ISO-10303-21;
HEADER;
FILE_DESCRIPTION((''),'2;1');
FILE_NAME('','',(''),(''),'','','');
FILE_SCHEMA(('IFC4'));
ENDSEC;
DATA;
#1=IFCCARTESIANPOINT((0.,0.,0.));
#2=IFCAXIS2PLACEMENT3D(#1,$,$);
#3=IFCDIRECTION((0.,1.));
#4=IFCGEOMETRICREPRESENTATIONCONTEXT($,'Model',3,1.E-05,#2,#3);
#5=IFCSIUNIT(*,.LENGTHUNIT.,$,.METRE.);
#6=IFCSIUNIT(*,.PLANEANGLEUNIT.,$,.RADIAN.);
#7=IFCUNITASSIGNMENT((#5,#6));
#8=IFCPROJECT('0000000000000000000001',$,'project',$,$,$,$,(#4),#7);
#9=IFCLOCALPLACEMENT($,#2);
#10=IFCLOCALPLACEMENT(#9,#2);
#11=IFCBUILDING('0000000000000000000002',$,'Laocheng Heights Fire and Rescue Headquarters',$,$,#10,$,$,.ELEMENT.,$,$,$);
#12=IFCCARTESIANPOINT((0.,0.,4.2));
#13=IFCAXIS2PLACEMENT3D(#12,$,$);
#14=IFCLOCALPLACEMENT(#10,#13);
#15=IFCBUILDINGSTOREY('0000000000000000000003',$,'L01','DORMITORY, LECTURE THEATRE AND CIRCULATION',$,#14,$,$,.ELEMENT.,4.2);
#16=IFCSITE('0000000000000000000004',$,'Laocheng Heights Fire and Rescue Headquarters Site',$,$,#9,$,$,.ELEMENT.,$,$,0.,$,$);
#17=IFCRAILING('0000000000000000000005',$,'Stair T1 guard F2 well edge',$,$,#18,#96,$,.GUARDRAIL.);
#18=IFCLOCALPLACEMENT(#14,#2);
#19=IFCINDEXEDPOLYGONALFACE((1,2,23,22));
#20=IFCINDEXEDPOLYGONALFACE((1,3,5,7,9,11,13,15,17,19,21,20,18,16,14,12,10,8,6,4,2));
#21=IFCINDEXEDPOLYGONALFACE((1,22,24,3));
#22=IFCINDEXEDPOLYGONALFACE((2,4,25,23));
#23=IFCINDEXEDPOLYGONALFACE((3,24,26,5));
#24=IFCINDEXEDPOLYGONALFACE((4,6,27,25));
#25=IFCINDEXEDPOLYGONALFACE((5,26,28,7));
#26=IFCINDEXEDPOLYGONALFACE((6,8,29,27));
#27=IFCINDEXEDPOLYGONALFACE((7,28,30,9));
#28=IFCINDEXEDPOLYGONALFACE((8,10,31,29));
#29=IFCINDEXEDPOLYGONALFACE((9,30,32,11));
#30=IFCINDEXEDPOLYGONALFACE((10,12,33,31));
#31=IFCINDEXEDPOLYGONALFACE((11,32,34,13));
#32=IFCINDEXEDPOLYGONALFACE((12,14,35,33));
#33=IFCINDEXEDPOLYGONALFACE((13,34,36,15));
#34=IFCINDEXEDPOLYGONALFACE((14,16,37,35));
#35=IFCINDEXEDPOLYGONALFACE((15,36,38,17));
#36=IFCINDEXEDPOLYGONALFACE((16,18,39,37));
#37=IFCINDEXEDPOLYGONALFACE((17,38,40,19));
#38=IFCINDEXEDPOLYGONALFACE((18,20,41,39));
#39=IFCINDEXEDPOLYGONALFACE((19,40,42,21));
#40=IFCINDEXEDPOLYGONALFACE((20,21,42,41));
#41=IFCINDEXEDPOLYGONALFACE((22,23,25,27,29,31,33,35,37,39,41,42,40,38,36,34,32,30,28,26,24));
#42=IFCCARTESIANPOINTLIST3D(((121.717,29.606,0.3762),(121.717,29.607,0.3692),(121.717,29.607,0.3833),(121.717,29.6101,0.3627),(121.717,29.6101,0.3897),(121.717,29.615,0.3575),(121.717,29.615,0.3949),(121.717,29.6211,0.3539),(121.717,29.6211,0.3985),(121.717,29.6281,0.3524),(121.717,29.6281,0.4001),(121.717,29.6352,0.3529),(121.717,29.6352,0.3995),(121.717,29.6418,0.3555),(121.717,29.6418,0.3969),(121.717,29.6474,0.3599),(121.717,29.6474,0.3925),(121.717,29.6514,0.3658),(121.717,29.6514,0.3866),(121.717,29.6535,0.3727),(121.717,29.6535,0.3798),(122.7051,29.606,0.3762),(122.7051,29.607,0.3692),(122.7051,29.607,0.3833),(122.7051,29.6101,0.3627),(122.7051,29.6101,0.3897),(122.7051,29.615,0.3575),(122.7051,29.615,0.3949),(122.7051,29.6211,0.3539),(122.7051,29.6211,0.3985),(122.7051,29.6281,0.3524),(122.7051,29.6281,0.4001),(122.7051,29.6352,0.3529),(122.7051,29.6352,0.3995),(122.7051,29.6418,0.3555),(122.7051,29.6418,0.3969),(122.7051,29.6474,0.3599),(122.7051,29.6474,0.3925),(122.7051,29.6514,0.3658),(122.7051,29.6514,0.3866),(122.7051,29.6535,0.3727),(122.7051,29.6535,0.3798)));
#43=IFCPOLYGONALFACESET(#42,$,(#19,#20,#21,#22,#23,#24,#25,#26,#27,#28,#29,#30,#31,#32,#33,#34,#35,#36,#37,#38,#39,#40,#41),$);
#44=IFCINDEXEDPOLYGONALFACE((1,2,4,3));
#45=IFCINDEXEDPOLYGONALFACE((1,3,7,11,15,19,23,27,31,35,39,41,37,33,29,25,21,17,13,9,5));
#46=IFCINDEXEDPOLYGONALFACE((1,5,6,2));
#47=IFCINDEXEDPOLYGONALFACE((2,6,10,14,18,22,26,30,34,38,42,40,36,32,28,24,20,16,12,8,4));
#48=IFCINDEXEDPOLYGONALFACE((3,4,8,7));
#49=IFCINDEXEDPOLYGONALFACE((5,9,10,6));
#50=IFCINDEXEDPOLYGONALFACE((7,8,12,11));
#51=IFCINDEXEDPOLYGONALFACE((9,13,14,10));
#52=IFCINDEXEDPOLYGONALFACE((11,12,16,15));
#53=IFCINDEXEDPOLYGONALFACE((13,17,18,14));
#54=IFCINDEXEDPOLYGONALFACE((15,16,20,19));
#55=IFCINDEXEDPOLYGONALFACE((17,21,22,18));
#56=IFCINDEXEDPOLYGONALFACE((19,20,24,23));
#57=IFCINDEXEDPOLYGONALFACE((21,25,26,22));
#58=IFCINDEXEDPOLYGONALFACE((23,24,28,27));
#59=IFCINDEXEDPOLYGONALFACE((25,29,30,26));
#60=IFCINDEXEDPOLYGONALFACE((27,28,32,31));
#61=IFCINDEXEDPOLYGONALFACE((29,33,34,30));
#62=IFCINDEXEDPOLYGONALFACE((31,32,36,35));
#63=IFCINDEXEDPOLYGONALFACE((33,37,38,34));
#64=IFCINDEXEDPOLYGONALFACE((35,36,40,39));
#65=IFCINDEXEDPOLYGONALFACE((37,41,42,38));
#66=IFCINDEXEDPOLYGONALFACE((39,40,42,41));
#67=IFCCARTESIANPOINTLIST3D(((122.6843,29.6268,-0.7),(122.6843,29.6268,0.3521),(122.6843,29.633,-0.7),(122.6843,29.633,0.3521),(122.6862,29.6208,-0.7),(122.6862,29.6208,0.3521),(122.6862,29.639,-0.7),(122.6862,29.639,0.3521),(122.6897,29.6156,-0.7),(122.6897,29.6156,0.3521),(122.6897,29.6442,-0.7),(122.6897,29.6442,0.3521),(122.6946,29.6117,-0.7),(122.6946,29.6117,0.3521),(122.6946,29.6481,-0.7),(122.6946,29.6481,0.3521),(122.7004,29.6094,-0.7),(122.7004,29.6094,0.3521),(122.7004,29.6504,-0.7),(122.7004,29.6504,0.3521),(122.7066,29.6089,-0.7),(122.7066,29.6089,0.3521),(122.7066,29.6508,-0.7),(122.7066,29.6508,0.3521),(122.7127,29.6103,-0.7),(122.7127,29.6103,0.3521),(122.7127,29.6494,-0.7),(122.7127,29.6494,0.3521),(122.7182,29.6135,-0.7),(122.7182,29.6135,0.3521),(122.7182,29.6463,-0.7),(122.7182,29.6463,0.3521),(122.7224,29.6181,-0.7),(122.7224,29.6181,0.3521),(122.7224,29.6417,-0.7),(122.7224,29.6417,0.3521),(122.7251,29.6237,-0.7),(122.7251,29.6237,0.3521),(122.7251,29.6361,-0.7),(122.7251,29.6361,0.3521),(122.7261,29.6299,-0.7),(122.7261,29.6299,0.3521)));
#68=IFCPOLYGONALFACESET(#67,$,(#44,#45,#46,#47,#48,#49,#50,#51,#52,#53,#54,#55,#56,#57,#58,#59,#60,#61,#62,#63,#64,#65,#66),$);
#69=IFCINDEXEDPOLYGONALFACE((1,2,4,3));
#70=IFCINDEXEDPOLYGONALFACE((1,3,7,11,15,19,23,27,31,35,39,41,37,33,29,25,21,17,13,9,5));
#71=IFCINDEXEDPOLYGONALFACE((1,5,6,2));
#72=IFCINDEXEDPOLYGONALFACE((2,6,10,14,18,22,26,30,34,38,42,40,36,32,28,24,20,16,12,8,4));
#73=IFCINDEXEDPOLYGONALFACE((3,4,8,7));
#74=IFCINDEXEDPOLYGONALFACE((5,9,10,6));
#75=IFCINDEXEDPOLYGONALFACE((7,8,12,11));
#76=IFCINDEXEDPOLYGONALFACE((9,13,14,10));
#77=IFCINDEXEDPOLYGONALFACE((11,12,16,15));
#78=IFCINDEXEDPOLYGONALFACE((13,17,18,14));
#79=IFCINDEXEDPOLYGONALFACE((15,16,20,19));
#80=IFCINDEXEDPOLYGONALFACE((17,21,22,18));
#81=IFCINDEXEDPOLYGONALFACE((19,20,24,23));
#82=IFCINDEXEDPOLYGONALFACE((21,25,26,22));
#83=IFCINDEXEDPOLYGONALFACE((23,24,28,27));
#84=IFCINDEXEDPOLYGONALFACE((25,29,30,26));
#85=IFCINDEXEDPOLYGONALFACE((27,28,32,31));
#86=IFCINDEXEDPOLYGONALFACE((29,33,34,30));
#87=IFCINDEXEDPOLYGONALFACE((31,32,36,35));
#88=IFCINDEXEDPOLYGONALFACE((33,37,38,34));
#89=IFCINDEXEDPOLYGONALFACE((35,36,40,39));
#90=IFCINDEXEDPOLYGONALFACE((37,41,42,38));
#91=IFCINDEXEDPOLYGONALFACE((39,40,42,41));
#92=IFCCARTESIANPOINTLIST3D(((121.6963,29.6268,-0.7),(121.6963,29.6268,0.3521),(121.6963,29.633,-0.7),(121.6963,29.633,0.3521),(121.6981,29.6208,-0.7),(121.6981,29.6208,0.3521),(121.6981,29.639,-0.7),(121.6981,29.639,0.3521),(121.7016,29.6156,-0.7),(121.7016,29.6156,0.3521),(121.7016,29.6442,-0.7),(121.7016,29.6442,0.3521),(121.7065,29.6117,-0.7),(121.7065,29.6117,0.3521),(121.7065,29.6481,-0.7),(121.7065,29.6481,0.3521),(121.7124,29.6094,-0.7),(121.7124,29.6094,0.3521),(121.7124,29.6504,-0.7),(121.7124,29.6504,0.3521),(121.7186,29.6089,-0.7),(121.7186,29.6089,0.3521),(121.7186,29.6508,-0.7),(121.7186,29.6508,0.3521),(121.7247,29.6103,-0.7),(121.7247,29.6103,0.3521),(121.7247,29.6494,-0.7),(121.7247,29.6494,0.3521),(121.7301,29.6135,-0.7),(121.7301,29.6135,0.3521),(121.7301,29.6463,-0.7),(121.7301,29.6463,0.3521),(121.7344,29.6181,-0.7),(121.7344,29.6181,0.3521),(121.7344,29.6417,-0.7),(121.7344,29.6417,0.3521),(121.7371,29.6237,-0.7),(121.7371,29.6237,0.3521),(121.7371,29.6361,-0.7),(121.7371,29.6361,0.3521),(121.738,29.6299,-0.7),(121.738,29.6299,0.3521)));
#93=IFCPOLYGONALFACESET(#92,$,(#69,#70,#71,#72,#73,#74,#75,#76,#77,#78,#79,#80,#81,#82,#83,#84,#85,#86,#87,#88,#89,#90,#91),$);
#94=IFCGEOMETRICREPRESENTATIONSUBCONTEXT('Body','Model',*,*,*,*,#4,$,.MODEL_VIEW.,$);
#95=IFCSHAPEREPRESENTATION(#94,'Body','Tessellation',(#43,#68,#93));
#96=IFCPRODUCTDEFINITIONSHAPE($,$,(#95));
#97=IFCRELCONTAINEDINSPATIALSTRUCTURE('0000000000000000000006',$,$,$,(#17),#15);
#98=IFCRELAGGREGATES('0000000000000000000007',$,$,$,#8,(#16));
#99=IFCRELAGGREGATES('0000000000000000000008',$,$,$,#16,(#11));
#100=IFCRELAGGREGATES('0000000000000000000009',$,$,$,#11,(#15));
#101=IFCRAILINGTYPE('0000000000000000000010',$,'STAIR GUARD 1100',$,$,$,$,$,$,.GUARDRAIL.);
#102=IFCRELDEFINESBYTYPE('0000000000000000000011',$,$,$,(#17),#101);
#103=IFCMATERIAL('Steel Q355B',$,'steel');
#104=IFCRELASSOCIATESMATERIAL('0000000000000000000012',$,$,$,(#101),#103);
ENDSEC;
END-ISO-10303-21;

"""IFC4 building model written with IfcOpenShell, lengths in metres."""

from ifc_helpers import new_model, si_unit, direction, frame, origin, origin_2d, place, context, subcontext, project, spatial, circle, extrude, material, type_object, element, save


model = new_model("IFC4")

# Units and contexts
model_context = context("Model", 3, precision=1e-05, world=origin(), true_north=direction((0.0, 1.0)))
body_context = subcontext(model_context, "Body", "Model", "MODEL_VIEW")
ifc_project = project(units=[si_unit("LENGTHUNIT", "METRE"), si_unit("PLANEANGLEUNIT", "RADIAN")], contexts=[model_context])

# Site, building, storey
site_placement = place(None, origin())
site = spatial("IfcSite", under=ifc_project, at=site_placement, Name="Laocheng Heights Fire and Rescue Headquarters Site", CompositionType="ELEMENT", RefElevation=0.0)
building_placement = place(site_placement, origin())
building = spatial("IfcBuilding", under=site, at=building_placement, Name="Laocheng Heights Fire and Rescue Headquarters", CompositionType="ELEMENT")
storey_placement = place(building_placement, frame((0.0, 0.0, 4.2)))
storey = spatial("IfcBuildingStorey", under=building, at=storey_placement, Name="L01", Description="DORMITORY, LECTURE THEATRE AND CIRCULATION", CompositionType="ELEMENT", Elevation=4.2)

# Railing
ifc_material_1 = material(Name="Steel Q355B", Category="steel")
railing_type_1 = type_object("IfcRailingType", Name="STAIR GUARD 1100", PredefinedType="GUARDRAIL", material=ifc_material_1)
railing_1_placement = place(storey_placement, frame((122.7051, 29.6299, -0.7)))
element("IfcRailing", 1, at=railing_1_placement, inside=storey, type_object=railing_type_1, Name="Stair T1 guard F2 well edge", PredefinedType="GUARDRAIL", context=body_context, shape_type="SweptSolid", body=[
    extrude(circle(Radius=0.0239, at=origin_2d()), frame((0.0, 0.0, 1.0762), z_axis=(-1.0, 0.0, 0.0), x_axis=(0.0, -1.0, 0.0)), (0.0, 0.0, 1.0), 0.988),
    extrude(circle(Radius=0.021, at=origin_2d()), origin(), (0.0, 0.0, 1.0), 1.052),
    extrude(circle(Radius=0.021, at=origin_2d()), frame((-0.988, 0.0, 0.0)), (0.0, 0.0, 1.0), 1.052),
])

save(model, "model.ifc")
